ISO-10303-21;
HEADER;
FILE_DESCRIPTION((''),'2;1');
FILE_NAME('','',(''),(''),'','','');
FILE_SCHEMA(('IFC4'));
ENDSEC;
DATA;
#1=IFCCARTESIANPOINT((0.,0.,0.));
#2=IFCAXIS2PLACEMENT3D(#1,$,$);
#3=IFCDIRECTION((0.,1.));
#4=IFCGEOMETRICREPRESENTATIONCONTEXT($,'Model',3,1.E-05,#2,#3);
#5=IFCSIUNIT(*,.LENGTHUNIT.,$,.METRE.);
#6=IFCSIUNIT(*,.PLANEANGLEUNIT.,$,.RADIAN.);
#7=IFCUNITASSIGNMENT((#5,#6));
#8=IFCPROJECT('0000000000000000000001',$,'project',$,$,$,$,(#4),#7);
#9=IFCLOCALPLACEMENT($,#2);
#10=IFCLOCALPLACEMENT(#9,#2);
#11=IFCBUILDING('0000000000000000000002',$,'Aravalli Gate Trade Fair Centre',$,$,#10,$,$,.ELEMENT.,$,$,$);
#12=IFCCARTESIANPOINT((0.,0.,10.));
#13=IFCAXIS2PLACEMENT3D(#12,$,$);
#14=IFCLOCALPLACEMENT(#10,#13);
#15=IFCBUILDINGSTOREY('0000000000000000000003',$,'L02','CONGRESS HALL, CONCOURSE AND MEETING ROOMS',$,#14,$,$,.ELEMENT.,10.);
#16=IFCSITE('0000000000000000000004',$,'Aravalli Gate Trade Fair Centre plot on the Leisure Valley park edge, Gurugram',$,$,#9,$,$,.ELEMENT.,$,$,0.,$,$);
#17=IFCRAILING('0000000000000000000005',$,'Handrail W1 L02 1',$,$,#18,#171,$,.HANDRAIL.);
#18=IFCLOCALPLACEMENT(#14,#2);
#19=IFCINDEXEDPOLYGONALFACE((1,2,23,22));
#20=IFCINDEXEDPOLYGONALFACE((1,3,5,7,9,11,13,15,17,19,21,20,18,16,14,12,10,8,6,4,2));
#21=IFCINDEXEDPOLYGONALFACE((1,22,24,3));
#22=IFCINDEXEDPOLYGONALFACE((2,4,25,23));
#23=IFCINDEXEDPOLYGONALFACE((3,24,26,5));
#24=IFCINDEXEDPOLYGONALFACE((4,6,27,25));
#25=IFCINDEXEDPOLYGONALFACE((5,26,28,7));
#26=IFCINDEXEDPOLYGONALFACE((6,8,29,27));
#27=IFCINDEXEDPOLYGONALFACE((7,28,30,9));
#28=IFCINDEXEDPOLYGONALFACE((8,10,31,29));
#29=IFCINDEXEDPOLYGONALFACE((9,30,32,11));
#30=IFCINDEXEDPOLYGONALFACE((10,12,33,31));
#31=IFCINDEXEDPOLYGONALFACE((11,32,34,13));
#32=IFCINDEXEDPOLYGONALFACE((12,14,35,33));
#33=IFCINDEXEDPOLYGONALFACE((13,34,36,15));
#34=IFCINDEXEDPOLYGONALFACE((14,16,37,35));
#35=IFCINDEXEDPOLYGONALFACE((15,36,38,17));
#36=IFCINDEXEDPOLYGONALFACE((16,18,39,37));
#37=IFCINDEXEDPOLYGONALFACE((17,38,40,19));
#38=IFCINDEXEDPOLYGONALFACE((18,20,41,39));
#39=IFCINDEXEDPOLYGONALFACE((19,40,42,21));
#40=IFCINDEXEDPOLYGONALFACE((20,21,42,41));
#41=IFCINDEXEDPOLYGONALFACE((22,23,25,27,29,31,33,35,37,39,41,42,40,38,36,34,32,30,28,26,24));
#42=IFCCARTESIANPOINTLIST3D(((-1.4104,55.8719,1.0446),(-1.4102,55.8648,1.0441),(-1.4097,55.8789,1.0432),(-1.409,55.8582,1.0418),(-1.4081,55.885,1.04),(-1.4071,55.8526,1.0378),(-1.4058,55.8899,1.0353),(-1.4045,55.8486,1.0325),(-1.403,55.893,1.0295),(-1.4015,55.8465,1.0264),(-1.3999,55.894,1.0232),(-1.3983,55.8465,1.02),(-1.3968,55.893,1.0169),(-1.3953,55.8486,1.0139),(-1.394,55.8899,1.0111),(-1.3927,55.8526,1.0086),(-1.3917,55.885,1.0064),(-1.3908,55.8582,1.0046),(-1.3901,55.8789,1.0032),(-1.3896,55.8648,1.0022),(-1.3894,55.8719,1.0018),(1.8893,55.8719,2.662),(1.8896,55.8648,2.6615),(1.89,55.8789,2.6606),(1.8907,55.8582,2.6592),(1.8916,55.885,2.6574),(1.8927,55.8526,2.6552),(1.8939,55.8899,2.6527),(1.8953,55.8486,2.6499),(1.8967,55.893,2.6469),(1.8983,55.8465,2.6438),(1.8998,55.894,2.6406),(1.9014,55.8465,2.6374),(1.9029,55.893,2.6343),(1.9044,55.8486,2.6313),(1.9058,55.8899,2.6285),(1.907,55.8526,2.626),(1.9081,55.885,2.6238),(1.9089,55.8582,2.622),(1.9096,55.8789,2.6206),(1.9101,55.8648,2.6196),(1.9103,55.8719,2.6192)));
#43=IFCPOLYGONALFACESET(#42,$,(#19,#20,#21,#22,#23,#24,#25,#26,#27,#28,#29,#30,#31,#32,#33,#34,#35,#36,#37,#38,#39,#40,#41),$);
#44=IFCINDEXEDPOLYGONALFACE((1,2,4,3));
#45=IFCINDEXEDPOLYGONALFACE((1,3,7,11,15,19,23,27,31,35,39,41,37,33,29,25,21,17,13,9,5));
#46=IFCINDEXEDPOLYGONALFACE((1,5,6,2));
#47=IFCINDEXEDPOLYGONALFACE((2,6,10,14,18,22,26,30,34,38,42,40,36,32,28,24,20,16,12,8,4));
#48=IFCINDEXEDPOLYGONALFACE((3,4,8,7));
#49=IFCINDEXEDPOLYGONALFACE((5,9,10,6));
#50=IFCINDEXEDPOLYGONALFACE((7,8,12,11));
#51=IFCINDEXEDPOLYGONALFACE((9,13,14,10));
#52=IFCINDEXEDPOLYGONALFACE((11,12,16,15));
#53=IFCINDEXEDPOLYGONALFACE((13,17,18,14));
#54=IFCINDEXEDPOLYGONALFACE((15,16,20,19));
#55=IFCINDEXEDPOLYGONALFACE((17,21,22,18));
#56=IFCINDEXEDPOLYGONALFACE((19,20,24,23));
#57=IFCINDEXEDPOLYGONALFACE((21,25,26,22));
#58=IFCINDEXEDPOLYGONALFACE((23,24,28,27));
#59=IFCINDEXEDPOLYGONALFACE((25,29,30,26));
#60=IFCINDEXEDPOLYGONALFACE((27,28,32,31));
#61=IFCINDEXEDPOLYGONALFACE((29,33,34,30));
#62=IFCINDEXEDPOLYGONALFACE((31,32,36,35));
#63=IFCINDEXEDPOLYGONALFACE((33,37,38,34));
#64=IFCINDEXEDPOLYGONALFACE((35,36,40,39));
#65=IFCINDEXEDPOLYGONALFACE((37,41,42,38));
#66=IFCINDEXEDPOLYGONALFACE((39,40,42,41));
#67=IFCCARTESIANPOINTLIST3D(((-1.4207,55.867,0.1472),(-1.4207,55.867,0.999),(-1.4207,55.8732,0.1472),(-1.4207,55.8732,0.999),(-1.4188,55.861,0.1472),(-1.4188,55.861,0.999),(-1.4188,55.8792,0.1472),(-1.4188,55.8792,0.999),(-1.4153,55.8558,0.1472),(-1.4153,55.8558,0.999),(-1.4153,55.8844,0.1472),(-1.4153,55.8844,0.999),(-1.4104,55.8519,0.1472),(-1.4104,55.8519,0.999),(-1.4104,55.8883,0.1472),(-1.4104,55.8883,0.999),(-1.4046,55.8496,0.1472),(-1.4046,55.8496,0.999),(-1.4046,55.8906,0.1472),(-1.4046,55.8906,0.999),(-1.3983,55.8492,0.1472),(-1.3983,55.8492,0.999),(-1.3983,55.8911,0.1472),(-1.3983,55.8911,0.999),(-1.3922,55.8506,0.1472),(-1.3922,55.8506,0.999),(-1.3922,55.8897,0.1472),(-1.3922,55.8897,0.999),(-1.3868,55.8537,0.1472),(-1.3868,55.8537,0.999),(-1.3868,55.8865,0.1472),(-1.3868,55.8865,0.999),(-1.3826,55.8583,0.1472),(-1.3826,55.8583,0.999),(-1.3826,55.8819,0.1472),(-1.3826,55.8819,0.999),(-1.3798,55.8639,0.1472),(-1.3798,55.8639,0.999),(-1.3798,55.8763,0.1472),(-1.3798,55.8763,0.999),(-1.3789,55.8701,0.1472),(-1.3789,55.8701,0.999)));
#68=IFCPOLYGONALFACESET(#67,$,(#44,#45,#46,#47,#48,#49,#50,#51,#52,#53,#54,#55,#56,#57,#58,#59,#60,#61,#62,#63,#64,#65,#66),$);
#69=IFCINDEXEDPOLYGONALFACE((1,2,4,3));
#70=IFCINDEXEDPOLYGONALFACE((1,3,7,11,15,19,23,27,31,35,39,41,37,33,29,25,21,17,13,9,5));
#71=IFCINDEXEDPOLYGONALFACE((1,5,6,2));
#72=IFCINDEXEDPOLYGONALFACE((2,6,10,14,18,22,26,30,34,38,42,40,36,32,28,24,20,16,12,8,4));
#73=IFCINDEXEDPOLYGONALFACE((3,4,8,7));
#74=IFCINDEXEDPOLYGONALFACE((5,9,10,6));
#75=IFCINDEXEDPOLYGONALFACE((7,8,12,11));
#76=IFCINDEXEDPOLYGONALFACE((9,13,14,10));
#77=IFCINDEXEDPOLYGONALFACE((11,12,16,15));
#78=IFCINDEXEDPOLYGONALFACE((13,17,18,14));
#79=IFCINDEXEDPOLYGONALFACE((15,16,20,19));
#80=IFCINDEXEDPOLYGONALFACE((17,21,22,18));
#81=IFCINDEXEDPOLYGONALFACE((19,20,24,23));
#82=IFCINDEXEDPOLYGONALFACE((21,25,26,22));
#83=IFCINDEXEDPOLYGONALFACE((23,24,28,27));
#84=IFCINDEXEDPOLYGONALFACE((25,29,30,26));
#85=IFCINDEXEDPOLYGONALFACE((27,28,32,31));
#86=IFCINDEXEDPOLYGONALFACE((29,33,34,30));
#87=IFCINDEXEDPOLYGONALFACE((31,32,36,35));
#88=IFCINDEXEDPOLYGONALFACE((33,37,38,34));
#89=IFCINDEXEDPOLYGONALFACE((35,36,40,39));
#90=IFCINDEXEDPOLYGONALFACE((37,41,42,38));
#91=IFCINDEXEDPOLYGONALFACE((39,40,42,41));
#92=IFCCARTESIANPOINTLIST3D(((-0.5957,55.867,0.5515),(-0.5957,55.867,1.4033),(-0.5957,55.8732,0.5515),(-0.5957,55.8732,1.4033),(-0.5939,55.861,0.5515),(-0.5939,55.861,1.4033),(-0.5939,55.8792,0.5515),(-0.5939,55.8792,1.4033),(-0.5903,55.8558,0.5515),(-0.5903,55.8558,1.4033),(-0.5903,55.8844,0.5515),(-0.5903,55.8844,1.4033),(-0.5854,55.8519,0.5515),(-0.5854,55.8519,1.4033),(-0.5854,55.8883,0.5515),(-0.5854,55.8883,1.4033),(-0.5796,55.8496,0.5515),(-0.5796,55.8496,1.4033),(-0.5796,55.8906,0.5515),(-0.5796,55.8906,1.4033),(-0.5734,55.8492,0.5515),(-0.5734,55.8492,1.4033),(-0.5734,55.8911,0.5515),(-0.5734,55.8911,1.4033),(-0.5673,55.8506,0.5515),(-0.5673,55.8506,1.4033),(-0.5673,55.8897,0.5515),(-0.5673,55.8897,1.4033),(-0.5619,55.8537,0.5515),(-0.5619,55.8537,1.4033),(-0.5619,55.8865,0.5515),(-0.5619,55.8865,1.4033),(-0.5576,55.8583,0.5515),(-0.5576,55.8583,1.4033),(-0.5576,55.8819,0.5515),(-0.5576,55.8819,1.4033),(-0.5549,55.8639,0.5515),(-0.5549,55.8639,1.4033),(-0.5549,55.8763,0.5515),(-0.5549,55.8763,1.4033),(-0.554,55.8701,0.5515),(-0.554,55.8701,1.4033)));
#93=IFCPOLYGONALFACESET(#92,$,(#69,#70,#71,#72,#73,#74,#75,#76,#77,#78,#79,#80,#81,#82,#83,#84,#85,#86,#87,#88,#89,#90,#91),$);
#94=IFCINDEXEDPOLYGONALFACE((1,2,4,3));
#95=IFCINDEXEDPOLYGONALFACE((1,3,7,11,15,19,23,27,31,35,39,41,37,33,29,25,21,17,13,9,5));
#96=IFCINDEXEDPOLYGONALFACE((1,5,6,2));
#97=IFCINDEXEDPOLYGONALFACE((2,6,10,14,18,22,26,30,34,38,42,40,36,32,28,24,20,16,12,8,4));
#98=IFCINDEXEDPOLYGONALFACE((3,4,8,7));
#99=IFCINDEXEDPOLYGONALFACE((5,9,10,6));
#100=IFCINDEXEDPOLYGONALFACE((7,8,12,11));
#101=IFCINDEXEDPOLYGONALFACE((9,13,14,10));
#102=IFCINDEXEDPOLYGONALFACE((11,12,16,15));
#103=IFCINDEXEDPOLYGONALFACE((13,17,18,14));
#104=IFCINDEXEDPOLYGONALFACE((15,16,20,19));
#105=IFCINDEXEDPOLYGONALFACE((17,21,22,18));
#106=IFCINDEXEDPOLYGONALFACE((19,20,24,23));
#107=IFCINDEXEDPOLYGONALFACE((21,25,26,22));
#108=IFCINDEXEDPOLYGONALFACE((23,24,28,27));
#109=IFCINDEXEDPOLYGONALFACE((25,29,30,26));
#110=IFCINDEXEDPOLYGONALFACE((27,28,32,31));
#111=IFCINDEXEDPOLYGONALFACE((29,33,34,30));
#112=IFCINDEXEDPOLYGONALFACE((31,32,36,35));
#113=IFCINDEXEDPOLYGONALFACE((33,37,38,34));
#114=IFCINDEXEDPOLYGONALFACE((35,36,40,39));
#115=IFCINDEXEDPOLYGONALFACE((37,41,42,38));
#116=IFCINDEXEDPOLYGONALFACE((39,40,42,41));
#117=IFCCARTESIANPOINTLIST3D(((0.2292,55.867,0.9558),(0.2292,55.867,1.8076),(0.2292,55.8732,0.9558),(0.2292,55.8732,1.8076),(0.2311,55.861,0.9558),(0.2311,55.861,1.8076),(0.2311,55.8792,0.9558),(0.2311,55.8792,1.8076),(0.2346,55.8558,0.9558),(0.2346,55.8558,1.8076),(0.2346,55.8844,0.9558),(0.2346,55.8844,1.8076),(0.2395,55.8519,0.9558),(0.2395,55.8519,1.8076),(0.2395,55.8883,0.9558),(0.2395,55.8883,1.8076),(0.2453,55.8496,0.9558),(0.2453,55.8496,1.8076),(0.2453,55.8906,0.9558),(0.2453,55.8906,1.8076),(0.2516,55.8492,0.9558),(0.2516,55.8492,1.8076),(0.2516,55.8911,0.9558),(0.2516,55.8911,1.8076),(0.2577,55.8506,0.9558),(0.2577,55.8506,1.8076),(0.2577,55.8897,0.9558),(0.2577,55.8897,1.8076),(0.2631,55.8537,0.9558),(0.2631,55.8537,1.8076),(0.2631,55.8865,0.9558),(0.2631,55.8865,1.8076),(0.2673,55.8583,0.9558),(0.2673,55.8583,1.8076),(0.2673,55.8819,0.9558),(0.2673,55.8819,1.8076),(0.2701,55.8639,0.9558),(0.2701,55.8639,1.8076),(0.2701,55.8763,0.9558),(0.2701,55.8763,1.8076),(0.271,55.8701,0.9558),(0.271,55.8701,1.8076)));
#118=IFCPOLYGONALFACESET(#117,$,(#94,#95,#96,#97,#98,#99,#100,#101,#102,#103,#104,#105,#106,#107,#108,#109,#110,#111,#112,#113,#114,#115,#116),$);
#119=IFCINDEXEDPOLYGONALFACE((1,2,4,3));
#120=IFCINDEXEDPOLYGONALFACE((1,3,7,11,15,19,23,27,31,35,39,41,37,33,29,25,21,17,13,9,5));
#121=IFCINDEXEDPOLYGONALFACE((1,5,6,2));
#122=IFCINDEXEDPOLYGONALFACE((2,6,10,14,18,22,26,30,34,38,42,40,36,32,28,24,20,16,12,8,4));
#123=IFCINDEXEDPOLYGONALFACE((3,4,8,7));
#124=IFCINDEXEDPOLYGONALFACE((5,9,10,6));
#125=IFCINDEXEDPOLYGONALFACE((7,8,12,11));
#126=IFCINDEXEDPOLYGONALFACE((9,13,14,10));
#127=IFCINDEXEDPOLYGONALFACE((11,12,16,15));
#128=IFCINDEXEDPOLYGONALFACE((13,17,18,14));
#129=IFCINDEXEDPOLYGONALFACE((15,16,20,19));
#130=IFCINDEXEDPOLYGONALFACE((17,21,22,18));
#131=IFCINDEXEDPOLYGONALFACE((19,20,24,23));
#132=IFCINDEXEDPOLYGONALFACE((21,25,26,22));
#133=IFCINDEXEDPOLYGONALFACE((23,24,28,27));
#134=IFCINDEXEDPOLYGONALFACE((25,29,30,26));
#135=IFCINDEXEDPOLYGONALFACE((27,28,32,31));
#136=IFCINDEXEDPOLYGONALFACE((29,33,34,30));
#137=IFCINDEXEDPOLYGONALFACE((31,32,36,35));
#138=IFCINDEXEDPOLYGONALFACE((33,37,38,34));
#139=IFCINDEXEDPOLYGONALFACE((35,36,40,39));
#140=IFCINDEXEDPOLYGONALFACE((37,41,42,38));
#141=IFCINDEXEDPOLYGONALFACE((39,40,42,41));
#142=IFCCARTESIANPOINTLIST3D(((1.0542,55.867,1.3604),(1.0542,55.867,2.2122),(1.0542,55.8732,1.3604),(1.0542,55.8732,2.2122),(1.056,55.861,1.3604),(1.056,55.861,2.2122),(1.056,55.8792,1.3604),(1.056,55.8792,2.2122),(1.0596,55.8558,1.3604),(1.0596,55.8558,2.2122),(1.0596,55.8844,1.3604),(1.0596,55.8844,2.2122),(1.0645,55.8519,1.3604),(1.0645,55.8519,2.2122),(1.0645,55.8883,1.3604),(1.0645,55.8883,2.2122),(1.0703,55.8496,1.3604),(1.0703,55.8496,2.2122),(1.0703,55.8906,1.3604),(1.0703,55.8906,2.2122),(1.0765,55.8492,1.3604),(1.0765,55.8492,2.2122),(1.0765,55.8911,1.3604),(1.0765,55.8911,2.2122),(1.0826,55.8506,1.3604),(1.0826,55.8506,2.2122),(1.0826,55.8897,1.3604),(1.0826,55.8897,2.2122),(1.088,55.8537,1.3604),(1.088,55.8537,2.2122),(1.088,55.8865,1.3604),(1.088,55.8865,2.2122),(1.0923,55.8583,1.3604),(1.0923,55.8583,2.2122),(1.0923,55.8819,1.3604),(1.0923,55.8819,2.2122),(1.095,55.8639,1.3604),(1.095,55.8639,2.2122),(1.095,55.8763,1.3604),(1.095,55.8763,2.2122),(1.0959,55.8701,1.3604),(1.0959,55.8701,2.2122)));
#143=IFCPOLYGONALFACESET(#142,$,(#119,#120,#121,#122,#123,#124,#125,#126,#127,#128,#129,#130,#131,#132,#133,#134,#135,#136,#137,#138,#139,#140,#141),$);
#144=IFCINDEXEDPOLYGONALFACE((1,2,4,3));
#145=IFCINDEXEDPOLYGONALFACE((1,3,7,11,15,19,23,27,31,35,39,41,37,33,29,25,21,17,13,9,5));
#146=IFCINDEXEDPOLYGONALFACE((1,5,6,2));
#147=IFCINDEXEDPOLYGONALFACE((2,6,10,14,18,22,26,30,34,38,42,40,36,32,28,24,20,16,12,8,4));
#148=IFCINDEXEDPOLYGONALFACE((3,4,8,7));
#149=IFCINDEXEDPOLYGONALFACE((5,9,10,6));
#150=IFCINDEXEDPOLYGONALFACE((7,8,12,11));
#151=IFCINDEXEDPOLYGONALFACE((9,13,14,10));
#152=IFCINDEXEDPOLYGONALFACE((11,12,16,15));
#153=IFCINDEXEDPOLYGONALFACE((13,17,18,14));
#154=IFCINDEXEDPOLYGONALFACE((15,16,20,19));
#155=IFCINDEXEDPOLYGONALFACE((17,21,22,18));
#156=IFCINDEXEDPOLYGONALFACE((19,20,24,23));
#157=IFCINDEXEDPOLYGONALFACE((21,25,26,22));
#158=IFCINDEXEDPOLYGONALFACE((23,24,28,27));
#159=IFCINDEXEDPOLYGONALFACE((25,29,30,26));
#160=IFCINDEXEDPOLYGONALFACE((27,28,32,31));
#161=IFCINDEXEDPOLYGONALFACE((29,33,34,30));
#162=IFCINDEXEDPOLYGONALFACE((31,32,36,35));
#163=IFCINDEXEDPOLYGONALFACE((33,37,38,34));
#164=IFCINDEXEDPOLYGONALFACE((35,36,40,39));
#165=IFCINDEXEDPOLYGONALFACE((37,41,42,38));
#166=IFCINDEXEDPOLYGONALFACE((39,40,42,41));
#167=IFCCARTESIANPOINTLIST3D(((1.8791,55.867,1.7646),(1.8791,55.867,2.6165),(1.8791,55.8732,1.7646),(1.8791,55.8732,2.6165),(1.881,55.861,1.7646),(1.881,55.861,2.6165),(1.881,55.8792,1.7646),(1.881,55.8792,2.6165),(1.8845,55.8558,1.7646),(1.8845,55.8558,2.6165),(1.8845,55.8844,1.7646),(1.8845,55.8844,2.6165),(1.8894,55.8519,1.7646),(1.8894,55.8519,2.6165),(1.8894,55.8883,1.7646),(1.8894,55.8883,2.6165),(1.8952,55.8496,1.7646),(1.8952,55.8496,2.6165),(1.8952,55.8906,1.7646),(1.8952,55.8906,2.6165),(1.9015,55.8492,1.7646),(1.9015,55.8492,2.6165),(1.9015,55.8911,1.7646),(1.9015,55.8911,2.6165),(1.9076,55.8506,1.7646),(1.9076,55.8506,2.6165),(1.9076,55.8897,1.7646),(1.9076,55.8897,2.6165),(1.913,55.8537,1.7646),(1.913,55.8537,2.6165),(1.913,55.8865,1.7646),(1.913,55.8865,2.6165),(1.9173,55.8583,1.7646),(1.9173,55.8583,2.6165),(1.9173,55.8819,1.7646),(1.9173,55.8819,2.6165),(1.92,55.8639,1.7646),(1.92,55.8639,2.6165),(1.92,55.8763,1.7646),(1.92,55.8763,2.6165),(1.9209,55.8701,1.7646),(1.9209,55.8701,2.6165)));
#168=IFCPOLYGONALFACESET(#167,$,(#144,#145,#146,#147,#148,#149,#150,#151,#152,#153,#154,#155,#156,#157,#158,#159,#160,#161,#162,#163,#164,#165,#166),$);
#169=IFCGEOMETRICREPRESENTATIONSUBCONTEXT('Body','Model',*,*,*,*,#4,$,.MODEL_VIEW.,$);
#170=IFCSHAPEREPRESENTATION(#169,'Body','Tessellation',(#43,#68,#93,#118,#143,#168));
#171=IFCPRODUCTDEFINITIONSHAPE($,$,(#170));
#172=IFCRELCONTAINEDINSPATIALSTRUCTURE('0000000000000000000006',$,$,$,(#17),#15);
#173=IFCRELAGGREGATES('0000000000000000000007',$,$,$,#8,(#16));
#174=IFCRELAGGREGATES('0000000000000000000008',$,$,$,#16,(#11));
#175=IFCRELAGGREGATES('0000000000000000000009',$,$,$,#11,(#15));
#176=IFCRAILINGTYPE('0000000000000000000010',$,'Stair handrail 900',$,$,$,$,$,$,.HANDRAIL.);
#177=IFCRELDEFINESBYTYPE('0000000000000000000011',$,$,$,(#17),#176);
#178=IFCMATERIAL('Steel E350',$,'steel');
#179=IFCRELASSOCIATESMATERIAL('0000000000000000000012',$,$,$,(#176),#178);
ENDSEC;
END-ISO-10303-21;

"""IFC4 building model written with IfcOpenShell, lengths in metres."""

from ifc_helpers import new_model, si_unit, direction, frame, origin, origin_2d, place, context, subcontext, project, spatial, circle, extrude, material, type_object, element, save


model = new_model("IFC4")

# Units and contexts
model_context = context("Model", 3, precision=1e-05, world=origin(), true_north=direction((0.0, 1.0)))
body_context = subcontext(model_context, "Body", "Model", "MODEL_VIEW")
ifc_project = project(units=[si_unit("LENGTHUNIT", "METRE"), si_unit("PLANEANGLEUNIT", "RADIAN")], contexts=[model_context])

# Site, building, storey
site_placement = place(None, origin())
site = spatial("IfcSite", under=ifc_project, at=site_placement, Name="Aravalli Gate Trade Fair Centre plot on the Leisure Valley park edge, Gurugram", CompositionType="ELEMENT", RefElevation=0.0)
building_placement = place(site_placement, origin())
building = spatial("IfcBuilding", under=site, at=building_placement, Name="Aravalli Gate Trade Fair Centre", CompositionType="ELEMENT")
storey_placement = place(building_placement, frame((0.0, 0.0, 10.0)))
storey = spatial("IfcBuildingStorey", under=building, at=storey_placement, Name="L02", Description="CONGRESS HALL, CONCOURSE AND MEETING ROOMS", CompositionType="ELEMENT", Elevation=10.0)

# Shared definitions
ifc_material_1 = material(Name="Steel E350", Category="steel")

# Railing
railing_type_1 = type_object("IfcRailingType", Name="Stair handrail 900", PredefinedType="HANDRAIL", material=ifc_material_1)
for number, where, name in (
    (1, (-1.3999, 55.8701, 0.1472), "Handrail W1 L02 1"),
):
    element("IfcRailing", number, at=place(storey_placement, frame(where)), inside=storey, type_object=railing_type_1, Name=name, PredefinedType="HANDRAIL", context=body_context, shape_type="SweptSolid", body=[
        extrude(circle(Radius=0.0239, at=origin_2d()), frame((0.0, 0.0, 0.876), z_axis=(0.897934, 0.0, 0.440131), x_axis=(0.0, 1.0, 0.0)), (0.0, 0.0, 1.0), 3.6748),
        extrude(circle(Radius=0.021, at=origin_2d()), origin(), (0.0, 0.0, 1.0), 0.8518),
        extrude(circle(Radius=0.021, at=origin_2d()), frame((0.825, 0.0, 0.4043)), (0.0, 0.0, 1.0), 0.8518),
        extrude(circle(Radius=0.021, at=origin_2d()), frame((1.6499, 0.0, 0.8086)), (0.0, 0.0, 1.0), 0.8518),
        extrude(circle(Radius=0.021, at=origin_2d()), frame((2.4749, 0.0, 1.2131)), (0.0, 0.0, 1.0), 0.8518),
        extrude(circle(Radius=0.021, at=origin_2d()), frame((3.2998, 0.0, 1.6174)), (0.0, 0.0, 1.0), 0.8518),
    ])

save(model, "model.ifc")
